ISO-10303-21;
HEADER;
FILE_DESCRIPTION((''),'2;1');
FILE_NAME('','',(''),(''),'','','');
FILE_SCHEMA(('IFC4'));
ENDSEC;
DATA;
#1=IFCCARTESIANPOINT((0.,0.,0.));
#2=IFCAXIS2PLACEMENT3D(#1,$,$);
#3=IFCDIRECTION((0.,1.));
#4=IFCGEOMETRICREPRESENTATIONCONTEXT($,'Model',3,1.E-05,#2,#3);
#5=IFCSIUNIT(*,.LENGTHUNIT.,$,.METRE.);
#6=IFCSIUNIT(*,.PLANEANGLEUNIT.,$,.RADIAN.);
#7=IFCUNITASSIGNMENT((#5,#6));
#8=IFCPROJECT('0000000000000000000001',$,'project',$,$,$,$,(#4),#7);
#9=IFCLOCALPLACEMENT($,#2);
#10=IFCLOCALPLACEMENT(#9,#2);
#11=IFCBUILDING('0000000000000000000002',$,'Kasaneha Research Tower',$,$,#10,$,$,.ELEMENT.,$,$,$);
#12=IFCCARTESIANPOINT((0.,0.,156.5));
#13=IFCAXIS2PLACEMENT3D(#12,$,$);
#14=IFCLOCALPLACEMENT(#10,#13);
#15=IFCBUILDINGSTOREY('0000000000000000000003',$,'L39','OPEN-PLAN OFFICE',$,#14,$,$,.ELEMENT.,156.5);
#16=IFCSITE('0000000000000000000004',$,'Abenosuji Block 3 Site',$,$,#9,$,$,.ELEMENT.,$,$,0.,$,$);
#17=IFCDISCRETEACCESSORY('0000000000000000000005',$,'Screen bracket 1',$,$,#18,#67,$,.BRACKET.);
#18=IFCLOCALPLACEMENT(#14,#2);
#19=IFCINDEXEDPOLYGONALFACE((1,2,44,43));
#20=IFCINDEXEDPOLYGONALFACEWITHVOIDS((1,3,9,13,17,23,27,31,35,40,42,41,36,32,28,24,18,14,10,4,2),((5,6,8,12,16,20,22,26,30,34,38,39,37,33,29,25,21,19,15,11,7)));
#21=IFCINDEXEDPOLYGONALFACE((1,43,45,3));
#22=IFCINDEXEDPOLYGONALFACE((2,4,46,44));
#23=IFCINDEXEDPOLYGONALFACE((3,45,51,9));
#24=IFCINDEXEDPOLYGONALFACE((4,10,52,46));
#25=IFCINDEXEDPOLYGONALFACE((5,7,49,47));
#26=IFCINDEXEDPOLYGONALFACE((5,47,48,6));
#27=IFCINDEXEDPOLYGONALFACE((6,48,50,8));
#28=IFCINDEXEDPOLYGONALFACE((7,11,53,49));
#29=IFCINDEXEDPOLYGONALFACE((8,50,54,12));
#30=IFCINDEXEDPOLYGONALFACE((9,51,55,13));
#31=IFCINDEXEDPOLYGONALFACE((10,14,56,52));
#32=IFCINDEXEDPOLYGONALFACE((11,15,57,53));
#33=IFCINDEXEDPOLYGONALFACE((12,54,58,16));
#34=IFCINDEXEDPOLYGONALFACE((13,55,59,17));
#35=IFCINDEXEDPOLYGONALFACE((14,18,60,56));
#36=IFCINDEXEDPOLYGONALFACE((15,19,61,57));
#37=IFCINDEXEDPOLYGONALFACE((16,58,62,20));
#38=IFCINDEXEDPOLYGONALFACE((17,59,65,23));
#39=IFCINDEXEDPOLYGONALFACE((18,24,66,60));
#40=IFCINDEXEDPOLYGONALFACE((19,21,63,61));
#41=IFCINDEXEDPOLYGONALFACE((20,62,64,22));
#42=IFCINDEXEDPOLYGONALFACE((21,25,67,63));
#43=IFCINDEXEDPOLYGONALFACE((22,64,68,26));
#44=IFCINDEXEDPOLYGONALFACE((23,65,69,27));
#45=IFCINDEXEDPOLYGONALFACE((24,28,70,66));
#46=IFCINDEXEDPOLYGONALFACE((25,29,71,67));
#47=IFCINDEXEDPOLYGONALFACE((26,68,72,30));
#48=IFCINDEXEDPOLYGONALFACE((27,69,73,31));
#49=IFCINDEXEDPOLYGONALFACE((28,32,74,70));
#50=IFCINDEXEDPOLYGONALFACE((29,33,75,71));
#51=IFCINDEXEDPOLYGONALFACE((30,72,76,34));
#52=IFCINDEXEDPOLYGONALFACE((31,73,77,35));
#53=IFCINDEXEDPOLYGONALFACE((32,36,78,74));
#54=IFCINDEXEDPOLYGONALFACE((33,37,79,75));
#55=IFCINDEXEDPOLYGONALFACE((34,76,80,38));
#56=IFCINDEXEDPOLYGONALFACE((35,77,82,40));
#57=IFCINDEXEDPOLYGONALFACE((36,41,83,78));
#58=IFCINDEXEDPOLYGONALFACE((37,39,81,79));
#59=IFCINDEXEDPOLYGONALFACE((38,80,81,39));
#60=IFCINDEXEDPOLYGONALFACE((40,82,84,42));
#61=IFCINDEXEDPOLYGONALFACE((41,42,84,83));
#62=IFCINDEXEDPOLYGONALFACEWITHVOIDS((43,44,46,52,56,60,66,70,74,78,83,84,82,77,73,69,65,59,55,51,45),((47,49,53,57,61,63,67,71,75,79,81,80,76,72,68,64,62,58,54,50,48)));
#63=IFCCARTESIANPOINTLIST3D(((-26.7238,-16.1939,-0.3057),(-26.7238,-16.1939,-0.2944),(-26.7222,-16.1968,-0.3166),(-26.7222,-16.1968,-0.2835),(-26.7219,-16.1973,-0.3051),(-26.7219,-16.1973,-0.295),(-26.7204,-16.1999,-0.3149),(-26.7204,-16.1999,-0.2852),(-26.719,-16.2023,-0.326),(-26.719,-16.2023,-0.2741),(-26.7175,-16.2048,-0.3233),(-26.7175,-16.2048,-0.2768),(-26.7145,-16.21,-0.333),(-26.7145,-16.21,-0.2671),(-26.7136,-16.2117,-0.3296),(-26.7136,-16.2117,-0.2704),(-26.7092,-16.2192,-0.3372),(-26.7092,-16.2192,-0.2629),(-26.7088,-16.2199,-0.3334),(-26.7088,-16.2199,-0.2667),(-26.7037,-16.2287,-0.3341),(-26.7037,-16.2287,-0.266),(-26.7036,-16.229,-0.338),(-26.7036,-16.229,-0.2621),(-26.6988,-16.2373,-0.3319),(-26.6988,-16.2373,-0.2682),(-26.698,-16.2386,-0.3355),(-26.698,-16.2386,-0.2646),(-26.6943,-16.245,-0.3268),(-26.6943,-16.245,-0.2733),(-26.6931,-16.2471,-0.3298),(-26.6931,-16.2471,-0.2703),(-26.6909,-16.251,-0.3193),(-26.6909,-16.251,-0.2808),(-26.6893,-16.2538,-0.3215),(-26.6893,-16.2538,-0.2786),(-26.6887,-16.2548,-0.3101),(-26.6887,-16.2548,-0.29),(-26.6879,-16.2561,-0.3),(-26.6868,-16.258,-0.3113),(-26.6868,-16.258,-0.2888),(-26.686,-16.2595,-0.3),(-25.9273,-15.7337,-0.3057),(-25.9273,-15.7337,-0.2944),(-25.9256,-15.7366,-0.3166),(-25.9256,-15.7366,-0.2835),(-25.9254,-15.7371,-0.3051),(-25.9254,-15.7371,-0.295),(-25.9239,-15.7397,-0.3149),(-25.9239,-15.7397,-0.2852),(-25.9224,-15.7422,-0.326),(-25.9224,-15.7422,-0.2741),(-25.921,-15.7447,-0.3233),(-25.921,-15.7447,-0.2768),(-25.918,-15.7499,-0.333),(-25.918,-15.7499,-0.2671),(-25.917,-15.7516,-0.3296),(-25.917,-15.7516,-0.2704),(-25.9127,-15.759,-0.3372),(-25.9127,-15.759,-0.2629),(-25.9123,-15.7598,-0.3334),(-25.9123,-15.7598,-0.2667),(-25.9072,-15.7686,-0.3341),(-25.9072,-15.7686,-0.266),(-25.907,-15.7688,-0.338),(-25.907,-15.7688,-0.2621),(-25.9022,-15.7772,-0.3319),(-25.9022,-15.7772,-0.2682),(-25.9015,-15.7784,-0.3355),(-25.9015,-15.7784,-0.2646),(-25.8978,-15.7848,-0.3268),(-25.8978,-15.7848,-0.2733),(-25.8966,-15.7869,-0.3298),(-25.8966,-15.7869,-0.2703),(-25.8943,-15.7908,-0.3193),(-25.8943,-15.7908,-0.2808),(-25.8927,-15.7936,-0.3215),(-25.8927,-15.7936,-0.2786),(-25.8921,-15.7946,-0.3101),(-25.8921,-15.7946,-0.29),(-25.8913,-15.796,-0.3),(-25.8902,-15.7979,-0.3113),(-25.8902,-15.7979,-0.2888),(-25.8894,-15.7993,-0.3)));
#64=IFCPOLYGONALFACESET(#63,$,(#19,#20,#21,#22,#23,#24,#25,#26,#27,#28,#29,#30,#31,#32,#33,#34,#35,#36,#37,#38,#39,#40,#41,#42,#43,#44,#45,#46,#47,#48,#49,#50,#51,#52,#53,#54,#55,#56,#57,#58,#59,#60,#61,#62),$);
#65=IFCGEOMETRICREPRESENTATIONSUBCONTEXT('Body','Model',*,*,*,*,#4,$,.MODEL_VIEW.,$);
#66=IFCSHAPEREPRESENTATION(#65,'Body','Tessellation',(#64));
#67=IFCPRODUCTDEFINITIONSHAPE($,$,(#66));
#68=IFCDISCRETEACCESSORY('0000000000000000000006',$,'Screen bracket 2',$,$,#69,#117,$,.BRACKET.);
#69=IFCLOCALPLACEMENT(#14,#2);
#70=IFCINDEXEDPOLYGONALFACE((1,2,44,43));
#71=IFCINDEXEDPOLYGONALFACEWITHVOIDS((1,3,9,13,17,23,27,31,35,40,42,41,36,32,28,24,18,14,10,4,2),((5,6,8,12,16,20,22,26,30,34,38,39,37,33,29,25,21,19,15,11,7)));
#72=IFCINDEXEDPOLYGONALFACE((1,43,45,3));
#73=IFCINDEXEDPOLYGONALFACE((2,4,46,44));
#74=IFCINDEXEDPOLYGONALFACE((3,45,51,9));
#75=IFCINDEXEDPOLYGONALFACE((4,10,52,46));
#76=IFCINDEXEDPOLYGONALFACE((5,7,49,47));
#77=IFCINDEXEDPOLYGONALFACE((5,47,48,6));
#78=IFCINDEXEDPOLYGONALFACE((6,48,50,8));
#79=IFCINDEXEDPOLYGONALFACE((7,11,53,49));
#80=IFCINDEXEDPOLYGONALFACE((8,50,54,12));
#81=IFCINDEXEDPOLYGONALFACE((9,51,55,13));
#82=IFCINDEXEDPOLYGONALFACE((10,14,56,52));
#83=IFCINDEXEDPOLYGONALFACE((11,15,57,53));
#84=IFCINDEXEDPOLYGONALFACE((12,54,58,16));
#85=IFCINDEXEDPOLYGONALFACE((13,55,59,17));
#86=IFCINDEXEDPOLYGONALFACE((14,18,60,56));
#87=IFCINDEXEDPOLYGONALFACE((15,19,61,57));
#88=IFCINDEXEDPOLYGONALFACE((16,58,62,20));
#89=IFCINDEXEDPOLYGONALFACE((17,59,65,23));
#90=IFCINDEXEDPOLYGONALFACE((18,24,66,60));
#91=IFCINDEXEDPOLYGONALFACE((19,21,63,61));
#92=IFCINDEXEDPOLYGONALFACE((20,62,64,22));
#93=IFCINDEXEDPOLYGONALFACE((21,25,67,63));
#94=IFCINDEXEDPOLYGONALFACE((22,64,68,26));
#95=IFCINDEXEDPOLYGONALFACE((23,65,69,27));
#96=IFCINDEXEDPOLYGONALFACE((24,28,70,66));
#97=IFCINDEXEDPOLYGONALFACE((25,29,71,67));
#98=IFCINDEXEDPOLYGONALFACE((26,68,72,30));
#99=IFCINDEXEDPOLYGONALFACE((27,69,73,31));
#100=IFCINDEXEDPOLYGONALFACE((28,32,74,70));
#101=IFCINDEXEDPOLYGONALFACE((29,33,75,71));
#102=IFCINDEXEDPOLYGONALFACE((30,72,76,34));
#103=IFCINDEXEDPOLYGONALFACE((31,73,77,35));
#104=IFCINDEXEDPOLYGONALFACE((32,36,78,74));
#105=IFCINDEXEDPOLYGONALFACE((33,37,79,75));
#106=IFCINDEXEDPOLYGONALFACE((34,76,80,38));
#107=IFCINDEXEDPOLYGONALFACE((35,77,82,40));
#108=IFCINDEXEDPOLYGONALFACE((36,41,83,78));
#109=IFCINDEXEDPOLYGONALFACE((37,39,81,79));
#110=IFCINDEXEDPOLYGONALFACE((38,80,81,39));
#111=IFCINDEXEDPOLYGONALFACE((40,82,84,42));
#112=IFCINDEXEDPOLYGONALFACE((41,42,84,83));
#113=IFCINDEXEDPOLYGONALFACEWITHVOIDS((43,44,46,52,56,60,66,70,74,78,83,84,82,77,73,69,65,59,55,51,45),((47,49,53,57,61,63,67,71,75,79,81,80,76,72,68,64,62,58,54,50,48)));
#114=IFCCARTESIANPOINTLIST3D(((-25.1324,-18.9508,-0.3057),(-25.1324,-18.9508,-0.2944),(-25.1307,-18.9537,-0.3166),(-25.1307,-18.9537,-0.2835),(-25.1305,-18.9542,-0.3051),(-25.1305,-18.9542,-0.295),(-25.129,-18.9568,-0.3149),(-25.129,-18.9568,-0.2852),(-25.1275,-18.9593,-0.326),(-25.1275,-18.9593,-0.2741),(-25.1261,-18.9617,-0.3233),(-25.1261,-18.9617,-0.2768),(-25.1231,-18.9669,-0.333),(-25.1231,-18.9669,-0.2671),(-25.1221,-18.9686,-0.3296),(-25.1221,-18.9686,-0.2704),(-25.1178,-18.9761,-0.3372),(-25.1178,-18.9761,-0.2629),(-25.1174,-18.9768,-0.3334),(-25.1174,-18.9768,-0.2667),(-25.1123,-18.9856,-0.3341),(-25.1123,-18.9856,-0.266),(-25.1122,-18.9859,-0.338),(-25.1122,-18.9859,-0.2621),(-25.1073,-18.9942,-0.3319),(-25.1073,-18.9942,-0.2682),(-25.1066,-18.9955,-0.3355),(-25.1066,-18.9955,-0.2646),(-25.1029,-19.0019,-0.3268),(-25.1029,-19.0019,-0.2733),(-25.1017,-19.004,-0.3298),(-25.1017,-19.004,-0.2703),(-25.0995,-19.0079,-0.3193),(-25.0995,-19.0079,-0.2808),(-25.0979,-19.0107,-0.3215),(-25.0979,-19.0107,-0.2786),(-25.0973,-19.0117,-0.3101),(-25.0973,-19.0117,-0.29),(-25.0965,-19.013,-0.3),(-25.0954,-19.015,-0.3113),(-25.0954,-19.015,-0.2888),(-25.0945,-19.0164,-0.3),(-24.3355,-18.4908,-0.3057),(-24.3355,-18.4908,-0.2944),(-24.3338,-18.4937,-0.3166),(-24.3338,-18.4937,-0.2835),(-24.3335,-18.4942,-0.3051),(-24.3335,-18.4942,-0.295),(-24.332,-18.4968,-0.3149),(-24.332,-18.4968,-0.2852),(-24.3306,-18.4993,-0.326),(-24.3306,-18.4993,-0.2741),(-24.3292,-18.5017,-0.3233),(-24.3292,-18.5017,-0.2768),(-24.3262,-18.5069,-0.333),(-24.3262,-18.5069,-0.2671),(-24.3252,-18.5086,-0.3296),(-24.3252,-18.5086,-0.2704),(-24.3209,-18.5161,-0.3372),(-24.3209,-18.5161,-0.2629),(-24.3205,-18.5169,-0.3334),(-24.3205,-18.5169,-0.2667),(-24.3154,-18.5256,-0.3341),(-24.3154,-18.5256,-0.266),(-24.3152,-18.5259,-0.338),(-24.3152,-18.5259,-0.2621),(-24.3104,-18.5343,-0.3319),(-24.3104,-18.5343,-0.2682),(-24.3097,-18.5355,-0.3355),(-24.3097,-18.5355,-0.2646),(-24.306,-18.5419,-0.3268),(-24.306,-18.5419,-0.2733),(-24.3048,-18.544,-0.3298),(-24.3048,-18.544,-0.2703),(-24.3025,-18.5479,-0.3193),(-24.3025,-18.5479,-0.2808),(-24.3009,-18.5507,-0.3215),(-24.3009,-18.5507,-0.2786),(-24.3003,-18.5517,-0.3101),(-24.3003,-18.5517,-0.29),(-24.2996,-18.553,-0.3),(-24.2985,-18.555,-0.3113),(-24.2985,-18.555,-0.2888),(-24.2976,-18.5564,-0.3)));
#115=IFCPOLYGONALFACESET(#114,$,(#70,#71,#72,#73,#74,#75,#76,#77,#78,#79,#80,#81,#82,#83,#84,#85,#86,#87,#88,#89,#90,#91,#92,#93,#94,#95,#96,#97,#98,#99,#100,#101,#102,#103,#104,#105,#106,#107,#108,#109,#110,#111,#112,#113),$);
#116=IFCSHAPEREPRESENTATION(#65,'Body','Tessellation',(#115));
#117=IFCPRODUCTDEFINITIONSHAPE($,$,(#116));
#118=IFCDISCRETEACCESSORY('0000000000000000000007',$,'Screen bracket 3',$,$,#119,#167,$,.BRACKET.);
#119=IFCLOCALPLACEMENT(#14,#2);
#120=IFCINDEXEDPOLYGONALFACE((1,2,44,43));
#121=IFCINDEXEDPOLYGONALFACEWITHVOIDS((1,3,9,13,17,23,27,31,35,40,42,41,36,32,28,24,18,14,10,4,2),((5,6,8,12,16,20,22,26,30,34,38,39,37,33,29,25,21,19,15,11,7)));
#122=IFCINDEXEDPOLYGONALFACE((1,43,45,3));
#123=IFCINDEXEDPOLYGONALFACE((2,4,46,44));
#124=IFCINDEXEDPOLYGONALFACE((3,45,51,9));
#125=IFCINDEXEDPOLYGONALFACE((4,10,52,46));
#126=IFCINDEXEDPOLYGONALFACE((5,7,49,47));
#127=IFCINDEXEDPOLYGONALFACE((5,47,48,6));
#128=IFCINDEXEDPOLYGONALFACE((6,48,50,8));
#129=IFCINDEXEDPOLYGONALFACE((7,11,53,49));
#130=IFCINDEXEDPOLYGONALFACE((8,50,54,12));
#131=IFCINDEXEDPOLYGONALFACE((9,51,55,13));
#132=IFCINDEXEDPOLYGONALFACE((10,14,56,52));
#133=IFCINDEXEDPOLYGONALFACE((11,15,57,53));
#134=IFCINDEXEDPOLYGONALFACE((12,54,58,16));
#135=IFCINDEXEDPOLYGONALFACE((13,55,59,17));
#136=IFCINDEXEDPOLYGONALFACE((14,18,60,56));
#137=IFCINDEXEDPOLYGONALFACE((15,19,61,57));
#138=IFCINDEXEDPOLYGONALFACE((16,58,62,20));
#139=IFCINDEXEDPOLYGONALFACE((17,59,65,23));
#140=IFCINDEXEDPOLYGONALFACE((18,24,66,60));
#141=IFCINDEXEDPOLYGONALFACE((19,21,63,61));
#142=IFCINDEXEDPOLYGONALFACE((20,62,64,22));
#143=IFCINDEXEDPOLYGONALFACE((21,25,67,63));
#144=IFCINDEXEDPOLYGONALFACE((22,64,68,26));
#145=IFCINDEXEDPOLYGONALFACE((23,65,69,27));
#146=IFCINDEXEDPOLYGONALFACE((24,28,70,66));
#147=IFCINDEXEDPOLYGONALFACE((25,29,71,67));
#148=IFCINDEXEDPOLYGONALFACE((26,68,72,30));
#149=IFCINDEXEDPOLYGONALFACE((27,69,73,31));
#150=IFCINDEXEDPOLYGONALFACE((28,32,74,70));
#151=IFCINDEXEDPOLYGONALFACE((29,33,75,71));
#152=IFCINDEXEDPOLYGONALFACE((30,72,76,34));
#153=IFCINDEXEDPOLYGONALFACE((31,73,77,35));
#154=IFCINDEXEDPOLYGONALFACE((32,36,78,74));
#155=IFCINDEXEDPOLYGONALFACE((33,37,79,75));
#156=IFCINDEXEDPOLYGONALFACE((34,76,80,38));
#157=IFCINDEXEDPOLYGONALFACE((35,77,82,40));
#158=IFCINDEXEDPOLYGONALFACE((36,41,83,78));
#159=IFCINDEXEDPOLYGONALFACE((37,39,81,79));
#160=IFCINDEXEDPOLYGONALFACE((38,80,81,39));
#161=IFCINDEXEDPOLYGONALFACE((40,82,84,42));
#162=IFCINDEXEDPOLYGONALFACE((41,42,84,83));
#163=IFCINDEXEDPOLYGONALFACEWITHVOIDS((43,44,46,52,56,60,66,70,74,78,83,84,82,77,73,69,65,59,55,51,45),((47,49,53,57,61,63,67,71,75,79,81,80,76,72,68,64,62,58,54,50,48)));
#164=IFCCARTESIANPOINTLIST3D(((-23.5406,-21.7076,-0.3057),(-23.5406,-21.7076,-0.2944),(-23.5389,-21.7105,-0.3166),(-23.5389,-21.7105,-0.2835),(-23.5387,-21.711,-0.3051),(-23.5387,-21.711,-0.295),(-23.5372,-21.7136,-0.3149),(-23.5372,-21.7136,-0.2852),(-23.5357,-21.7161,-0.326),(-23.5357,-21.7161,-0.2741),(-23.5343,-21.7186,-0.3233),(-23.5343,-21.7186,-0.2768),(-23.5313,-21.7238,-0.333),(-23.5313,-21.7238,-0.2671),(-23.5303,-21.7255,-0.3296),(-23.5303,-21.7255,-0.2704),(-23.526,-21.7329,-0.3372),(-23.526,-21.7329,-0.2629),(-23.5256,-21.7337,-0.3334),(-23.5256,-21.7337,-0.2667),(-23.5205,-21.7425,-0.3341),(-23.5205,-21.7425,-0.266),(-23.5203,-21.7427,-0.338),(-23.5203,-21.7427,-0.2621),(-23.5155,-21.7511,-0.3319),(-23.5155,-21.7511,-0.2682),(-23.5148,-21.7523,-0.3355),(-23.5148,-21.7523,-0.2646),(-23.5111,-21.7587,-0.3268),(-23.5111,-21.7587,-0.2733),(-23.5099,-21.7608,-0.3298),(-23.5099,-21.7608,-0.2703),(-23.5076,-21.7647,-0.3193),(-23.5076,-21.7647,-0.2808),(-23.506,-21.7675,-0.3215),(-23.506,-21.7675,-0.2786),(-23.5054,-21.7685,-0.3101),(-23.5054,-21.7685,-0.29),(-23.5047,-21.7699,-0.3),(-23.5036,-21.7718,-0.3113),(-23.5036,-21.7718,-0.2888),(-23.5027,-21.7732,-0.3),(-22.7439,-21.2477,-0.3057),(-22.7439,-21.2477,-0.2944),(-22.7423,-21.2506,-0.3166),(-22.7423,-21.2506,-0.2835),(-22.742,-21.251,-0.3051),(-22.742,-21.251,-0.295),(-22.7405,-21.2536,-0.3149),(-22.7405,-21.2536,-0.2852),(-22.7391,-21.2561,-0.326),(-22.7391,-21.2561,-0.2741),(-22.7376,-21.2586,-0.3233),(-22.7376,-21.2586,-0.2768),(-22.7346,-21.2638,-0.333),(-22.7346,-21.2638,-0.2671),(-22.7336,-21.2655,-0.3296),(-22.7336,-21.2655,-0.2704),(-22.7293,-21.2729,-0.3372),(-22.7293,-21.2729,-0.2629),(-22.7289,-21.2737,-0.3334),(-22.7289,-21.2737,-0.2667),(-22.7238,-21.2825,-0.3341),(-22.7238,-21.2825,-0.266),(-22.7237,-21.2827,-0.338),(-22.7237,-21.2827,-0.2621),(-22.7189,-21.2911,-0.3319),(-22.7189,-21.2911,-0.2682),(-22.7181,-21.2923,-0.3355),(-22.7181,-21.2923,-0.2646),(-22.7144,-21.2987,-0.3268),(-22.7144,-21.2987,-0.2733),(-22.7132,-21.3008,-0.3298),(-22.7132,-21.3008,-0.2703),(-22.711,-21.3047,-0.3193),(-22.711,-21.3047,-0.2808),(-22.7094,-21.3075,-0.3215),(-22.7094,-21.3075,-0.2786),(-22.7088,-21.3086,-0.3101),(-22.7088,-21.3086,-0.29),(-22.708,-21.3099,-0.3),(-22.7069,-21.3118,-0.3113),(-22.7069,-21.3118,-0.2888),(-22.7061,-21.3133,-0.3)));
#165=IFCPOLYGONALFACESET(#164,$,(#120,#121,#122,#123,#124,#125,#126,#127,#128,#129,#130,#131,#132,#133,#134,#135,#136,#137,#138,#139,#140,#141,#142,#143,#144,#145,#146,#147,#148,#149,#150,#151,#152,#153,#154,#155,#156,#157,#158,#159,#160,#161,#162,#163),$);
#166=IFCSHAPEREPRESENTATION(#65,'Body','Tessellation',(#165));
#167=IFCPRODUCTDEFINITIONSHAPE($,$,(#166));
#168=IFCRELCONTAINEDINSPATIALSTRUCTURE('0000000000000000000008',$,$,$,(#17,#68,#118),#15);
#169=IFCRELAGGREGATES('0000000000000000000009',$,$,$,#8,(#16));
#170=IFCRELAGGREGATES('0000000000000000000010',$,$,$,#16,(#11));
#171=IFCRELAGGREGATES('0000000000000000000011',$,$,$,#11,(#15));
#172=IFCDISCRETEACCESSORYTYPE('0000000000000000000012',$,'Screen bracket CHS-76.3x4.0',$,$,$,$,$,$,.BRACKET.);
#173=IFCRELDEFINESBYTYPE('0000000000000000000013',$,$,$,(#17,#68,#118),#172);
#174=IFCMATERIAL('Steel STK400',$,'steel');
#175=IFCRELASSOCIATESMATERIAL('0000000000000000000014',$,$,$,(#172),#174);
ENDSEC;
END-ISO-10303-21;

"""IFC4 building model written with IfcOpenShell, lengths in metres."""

from ifc_helpers import new_model, si_unit, direction, frame, origin, origin_2d, place, context, subcontext, project, spatial, hollow_circle, extrude, material, material_profile, profile_set, type_object, element, save


model = new_model("IFC4")

# Units and contexts
model_context = context("Model", 3, precision=1e-05, world=origin(), true_north=direction((0.0, 1.0)))
body_context = subcontext(model_context, "Body", "Model", "MODEL_VIEW")
ifc_project = project(units=[si_unit("LENGTHUNIT", "METRE"), si_unit("PLANEANGLEUNIT", "RADIAN")], contexts=[model_context])

# Site, building, storey
site_placement = place(None, origin())
site = spatial("IfcSite", under=ifc_project, at=site_placement, Name="Abenosuji Block 3 Site", CompositionType="ELEMENT", RefElevation=0.0)
building_placement = place(site_placement, origin())
building = spatial("IfcBuilding", under=site, at=building_placement, Name="Kasaneha Research Tower", CompositionType="ELEMENT")
storey_placement = place(building_placement, frame((0.0, 0.0, 156.5)))
storey = spatial("IfcBuildingStorey", under=building, at=storey_placement, Name="L39", Description="OPEN-PLAN OFFICE", CompositionType="ELEMENT", Elevation=156.5)

# Discrete accessories
ifc_material_1 = material(Name="Steel STK400", Category="steel")
ifc_material_profile_1 = material_profile(ifc_material_1, hollow_circle(Radius=0.0381, WallThickness=0.0039, at=origin_2d()), Name="CHS-76.3x4.0")
ifc_profile_set_1 = profile_set([ifc_material_profile_1], Name="Steel STK400")
discrete_accessory_type = type_object("IfcDiscreteAccessoryType", Name="Screen bracket CHS-76.3x4.0", PredefinedType="BRACKET", material=ifc_profile_set_1)
for number, where, z_axis, x_axis, name in (
    (1, (-25.9084, -15.7664, -0.3), (-0.865898, -0.50022, 0.0), (0.50022, -0.865898, 0.0), "Screen bracket 1"),
):
    element("IfcDiscreteAccessory", number, at=place(storey_placement, frame(where, z_axis=z_axis, x_axis=x_axis)), inside=storey, type_object=discrete_accessory_type, Name=name, PredefinedType="BRACKET", context=body_context, shape_type="SweptSolid", body=[
        extrude(hollow_circle(Radius=0.0381, WallThickness=0.0039, at=origin_2d()), origin(), (0.0, 0.0, 1.0), 0.9199),
    ])
discrete_accessory_1_placement = place(storey_placement, frame((-24.3167, -18.5234, -0.3), z_axis=(-0.86608, -0.499906, 0.0), x_axis=(0.499906, -0.86608, 0.0)))
element("IfcDiscreteAccessory", 2, at=discrete_accessory_1_placement, inside=storey, type_object=discrete_accessory_type, Name="Screen bracket 2", PredefinedType="BRACKET", context=body_context, shape_type="SweptSolid", body=[
    extrude(hollow_circle(Radius=0.0381, WallThickness=0.0039, at=origin_2d()), origin(), (0.0, 0.0, 1.0), 0.9202),
])
discrete_accessory_2_placement = place(storey_placement, frame((-22.7251, -21.2803, -0.3), z_axis=(-0.866013, -0.500021, 0.0), x_axis=(0.500021, -0.866013, 0.0)))
element("IfcDiscreteAccessory", 3, at=discrete_accessory_2_placement, inside=storey, type_object=discrete_accessory_type, Name="Screen bracket 3", PredefinedType="BRACKET", context=body_context, shape_type="SweptSolid", body=[
    extrude(hollow_circle(Radius=0.0381, WallThickness=0.0039, at=origin_2d()), origin(), (0.0, 0.0, 1.0), 0.9199),
])

save(model, "model.ifc")
